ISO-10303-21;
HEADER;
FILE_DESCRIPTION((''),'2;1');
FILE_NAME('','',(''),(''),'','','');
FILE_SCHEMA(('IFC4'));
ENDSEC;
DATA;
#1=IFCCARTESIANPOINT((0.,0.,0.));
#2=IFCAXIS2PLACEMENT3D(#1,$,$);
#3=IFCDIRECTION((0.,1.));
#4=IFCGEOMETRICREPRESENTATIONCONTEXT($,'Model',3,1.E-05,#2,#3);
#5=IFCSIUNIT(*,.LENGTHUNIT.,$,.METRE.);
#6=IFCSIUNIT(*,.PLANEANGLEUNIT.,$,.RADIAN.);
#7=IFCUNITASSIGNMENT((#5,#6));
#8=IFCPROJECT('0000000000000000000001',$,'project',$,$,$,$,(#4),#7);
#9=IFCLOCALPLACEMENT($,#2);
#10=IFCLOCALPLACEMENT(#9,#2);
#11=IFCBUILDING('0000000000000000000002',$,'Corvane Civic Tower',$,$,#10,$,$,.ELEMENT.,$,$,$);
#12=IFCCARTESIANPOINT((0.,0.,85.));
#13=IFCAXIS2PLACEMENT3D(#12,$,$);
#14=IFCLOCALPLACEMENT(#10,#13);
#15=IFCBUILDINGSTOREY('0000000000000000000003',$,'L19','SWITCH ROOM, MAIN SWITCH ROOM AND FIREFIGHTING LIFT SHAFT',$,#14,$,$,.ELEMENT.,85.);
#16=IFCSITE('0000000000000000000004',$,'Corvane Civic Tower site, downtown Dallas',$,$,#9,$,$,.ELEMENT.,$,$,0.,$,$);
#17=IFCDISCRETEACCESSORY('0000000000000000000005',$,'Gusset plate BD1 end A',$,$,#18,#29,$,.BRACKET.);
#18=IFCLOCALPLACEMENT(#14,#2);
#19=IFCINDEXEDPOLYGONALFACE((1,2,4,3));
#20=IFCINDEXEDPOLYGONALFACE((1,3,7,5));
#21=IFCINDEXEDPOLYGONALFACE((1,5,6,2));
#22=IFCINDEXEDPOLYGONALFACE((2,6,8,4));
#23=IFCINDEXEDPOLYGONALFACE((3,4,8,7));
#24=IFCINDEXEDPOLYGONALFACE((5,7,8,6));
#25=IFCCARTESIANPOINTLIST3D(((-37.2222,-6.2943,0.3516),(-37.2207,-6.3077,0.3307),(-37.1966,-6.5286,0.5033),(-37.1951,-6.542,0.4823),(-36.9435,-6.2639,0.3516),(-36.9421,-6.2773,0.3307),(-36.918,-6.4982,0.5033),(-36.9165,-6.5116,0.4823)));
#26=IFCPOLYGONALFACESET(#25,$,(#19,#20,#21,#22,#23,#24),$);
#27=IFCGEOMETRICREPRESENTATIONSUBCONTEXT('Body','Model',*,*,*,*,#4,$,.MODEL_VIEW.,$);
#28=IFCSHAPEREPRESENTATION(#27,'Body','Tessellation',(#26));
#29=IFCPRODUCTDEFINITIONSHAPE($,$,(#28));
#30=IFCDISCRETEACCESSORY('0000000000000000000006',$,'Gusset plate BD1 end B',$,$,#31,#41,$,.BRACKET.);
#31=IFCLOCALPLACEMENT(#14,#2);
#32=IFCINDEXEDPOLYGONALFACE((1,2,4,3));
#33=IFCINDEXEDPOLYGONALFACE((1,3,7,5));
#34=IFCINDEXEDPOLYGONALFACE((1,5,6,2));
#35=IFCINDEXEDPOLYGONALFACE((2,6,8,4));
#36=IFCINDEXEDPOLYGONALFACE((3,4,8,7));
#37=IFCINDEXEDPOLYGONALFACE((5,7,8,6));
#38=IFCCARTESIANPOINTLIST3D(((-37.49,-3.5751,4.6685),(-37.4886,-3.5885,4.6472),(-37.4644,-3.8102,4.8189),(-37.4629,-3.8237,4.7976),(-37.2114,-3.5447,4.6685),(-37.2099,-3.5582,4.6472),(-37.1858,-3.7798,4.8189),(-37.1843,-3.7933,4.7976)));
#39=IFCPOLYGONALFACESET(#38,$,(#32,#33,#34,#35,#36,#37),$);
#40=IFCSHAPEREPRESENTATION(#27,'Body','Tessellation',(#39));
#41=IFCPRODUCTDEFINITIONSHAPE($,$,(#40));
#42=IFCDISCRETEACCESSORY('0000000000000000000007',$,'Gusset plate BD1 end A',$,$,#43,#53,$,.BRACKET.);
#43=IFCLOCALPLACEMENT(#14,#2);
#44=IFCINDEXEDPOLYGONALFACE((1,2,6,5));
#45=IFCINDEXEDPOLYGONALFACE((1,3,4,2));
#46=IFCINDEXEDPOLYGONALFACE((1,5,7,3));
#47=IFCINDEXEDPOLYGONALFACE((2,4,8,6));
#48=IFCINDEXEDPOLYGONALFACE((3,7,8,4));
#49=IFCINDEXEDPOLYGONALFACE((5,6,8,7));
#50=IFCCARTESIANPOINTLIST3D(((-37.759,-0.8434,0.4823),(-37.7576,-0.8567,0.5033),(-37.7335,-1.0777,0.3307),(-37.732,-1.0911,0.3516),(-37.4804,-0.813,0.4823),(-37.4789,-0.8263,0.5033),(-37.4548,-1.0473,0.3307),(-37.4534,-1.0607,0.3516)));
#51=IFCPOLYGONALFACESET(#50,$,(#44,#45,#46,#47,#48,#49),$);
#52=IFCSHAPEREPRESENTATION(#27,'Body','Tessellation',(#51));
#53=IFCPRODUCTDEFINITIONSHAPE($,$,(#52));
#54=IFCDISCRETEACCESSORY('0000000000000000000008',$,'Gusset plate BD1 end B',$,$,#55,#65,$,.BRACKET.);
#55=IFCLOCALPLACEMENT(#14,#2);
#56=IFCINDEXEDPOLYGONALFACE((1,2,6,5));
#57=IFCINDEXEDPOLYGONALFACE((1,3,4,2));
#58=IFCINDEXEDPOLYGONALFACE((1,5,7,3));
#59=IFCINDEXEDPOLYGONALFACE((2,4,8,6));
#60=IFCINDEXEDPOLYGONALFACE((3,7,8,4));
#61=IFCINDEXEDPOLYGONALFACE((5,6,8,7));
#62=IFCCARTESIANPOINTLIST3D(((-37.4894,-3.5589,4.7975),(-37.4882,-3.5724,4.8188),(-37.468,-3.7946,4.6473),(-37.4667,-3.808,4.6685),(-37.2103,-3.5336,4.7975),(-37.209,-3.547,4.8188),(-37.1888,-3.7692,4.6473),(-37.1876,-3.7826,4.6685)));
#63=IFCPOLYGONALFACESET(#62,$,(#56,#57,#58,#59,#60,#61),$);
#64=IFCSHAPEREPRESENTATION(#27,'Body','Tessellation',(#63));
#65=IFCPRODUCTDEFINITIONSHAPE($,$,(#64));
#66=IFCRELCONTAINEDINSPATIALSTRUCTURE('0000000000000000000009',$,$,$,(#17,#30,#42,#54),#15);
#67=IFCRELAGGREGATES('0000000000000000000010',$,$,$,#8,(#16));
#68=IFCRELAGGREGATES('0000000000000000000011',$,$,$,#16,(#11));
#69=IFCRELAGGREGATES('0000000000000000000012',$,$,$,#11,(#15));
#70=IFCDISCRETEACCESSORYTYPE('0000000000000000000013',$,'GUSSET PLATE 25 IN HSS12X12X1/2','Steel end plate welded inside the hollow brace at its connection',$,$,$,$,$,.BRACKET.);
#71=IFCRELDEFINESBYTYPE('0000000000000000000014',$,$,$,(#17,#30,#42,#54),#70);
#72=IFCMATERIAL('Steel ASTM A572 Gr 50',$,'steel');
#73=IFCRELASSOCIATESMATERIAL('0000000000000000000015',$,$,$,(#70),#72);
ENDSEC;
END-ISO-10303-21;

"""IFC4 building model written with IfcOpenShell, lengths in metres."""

from ifc_helpers import new_model, si_unit, direction, frame, origin, origin_2d, place, context, subcontext, project, spatial, rectangle, extrude, material, material_profile, profile_set, type_object, element, save


model = new_model("IFC4")

# Units and contexts
model_context = context("Model", 3, precision=1e-05, world=origin(), true_north=direction((0.0, 1.0)))
body_context = subcontext(model_context, "Body", "Model", "MODEL_VIEW")
ifc_project = project(units=[si_unit("LENGTHUNIT", "METRE"), si_unit("PLANEANGLEUNIT", "RADIAN")], contexts=[model_context])

# Site, building, storey
site_placement = place(None, origin())
site = spatial("IfcSite", under=ifc_project, at=site_placement, Name="Corvane Civic Tower site, downtown Dallas", CompositionType="ELEMENT", RefElevation=0.0)
building_placement = place(site_placement, origin())
building = spatial("IfcBuilding", under=site, at=building_placement, Name="Corvane Civic Tower", CompositionType="ELEMENT")
storey_placement = place(building_placement, frame((0.0, 0.0, 85.0)))
storey = spatial("IfcBuildingStorey", under=building, at=storey_placement, Name="L19", Description="SWITCH ROOM, MAIN SWITCH ROOM AND FIREFIGHTING LIFT SHAFT", CompositionType="ELEMENT", Elevation=85.0)

# Discrete accessories
ifc_material_1 = material(Name="Steel ASTM A572 Gr 50", Category="steel")
ifc_material_profile_1 = material_profile(ifc_material_1, rectangle(XDim=0.2803, YDim=0.2803, at=origin_2d()), Name="GUSSET PLATE 25 IN HSS12X12X1/2")
ifc_profile_set_1 = profile_set([ifc_material_profile_1], Name="Steel ASTM A572 Gr 50")
discrete_accessory_type = type_object("IfcDiscreteAccessoryType", Name="GUSSET PLATE 25 IN HSS12X12X1/2", Description="Steel end plate welded inside the hollow brace at its connection", PredefinedType="BRACKET", material=ifc_profile_set_1)
for number, where, z_axis, x_axis, name in (
    (1, (-37.0686, -6.4097, 0.4065), (-0.058674, 0.537847, 0.840998), (-0.994102, -0.108448, 0.0), "Gusset plate BD1 end A"),
):
    element("IfcDiscreteAccessory", number, at=place(storey_placement, frame(where, z_axis=z_axis, x_axis=x_axis)), inside=storey, type_object=discrete_accessory_type, Name=name, PredefinedType="BRACKET", context=body_context, shape_type="SweptSolid", body=[
        extrude(rectangle(XDim=0.2803, YDim=0.2803, at=origin_2d()), origin(), (0.0, 0.0, 1.0), 0.0249),
    ])
discrete_accessory_1_placement = place(storey_placement, frame((-37.3379, -3.6775, 4.7437), z_axis=(0.058195, -0.533453, -0.843825), x_axis=(0.994102, 0.108448, 0.0)))
element("IfcDiscreteAccessory", 2, at=discrete_accessory_1_placement, inside=storey, type_object=discrete_accessory_type, Name="Gusset plate BD1 end B", PredefinedType="BRACKET", context=body_context, shape_type="SweptSolid", body=[
    extrude(rectangle(XDim=0.2803, YDim=0.2803, at=origin_2d()), origin(), (0.0, 0.0, 1.0), 0.0251),
])
discrete_accessory_2_placement = place(storey_placement, frame((-37.6069, -0.9453, 0.4065), z_axis=(0.058674, -0.537847, 0.840998), x_axis=(0.994102, 0.108448, 0.0)))
element("IfcDiscreteAccessory", 3, at=discrete_accessory_2_placement, inside=storey, type_object=discrete_accessory_type, Name="Gusset plate BD1 end A", PredefinedType="BRACKET", context=body_context, shape_type="SweptSolid", body=[
    extrude(rectangle(XDim=0.2803, YDim=0.2803, at=origin_2d()), origin(), (0.0, 0.0, 1.0), 0.0249),
])
discrete_accessory_3_placement = place(storey_placement, frame((-37.3379, -3.6775, 4.7437), z_axis=(-0.048521, 0.533729, -0.844262), x_axis=(-0.995893, -0.090536, 0.0)))
element("IfcDiscreteAccessory", 4, at=discrete_accessory_3_placement, inside=storey, type_object=discrete_accessory_type, Name="Gusset plate BD1 end B", PredefinedType="BRACKET", context=body_context, shape_type="SweptSolid", body=[
    extrude(rectangle(XDim=0.2803, YDim=0.2803, at=origin_2d()), origin(), (0.0, 0.0, 1.0), 0.0251),
])

save(model, "model.ifc")
